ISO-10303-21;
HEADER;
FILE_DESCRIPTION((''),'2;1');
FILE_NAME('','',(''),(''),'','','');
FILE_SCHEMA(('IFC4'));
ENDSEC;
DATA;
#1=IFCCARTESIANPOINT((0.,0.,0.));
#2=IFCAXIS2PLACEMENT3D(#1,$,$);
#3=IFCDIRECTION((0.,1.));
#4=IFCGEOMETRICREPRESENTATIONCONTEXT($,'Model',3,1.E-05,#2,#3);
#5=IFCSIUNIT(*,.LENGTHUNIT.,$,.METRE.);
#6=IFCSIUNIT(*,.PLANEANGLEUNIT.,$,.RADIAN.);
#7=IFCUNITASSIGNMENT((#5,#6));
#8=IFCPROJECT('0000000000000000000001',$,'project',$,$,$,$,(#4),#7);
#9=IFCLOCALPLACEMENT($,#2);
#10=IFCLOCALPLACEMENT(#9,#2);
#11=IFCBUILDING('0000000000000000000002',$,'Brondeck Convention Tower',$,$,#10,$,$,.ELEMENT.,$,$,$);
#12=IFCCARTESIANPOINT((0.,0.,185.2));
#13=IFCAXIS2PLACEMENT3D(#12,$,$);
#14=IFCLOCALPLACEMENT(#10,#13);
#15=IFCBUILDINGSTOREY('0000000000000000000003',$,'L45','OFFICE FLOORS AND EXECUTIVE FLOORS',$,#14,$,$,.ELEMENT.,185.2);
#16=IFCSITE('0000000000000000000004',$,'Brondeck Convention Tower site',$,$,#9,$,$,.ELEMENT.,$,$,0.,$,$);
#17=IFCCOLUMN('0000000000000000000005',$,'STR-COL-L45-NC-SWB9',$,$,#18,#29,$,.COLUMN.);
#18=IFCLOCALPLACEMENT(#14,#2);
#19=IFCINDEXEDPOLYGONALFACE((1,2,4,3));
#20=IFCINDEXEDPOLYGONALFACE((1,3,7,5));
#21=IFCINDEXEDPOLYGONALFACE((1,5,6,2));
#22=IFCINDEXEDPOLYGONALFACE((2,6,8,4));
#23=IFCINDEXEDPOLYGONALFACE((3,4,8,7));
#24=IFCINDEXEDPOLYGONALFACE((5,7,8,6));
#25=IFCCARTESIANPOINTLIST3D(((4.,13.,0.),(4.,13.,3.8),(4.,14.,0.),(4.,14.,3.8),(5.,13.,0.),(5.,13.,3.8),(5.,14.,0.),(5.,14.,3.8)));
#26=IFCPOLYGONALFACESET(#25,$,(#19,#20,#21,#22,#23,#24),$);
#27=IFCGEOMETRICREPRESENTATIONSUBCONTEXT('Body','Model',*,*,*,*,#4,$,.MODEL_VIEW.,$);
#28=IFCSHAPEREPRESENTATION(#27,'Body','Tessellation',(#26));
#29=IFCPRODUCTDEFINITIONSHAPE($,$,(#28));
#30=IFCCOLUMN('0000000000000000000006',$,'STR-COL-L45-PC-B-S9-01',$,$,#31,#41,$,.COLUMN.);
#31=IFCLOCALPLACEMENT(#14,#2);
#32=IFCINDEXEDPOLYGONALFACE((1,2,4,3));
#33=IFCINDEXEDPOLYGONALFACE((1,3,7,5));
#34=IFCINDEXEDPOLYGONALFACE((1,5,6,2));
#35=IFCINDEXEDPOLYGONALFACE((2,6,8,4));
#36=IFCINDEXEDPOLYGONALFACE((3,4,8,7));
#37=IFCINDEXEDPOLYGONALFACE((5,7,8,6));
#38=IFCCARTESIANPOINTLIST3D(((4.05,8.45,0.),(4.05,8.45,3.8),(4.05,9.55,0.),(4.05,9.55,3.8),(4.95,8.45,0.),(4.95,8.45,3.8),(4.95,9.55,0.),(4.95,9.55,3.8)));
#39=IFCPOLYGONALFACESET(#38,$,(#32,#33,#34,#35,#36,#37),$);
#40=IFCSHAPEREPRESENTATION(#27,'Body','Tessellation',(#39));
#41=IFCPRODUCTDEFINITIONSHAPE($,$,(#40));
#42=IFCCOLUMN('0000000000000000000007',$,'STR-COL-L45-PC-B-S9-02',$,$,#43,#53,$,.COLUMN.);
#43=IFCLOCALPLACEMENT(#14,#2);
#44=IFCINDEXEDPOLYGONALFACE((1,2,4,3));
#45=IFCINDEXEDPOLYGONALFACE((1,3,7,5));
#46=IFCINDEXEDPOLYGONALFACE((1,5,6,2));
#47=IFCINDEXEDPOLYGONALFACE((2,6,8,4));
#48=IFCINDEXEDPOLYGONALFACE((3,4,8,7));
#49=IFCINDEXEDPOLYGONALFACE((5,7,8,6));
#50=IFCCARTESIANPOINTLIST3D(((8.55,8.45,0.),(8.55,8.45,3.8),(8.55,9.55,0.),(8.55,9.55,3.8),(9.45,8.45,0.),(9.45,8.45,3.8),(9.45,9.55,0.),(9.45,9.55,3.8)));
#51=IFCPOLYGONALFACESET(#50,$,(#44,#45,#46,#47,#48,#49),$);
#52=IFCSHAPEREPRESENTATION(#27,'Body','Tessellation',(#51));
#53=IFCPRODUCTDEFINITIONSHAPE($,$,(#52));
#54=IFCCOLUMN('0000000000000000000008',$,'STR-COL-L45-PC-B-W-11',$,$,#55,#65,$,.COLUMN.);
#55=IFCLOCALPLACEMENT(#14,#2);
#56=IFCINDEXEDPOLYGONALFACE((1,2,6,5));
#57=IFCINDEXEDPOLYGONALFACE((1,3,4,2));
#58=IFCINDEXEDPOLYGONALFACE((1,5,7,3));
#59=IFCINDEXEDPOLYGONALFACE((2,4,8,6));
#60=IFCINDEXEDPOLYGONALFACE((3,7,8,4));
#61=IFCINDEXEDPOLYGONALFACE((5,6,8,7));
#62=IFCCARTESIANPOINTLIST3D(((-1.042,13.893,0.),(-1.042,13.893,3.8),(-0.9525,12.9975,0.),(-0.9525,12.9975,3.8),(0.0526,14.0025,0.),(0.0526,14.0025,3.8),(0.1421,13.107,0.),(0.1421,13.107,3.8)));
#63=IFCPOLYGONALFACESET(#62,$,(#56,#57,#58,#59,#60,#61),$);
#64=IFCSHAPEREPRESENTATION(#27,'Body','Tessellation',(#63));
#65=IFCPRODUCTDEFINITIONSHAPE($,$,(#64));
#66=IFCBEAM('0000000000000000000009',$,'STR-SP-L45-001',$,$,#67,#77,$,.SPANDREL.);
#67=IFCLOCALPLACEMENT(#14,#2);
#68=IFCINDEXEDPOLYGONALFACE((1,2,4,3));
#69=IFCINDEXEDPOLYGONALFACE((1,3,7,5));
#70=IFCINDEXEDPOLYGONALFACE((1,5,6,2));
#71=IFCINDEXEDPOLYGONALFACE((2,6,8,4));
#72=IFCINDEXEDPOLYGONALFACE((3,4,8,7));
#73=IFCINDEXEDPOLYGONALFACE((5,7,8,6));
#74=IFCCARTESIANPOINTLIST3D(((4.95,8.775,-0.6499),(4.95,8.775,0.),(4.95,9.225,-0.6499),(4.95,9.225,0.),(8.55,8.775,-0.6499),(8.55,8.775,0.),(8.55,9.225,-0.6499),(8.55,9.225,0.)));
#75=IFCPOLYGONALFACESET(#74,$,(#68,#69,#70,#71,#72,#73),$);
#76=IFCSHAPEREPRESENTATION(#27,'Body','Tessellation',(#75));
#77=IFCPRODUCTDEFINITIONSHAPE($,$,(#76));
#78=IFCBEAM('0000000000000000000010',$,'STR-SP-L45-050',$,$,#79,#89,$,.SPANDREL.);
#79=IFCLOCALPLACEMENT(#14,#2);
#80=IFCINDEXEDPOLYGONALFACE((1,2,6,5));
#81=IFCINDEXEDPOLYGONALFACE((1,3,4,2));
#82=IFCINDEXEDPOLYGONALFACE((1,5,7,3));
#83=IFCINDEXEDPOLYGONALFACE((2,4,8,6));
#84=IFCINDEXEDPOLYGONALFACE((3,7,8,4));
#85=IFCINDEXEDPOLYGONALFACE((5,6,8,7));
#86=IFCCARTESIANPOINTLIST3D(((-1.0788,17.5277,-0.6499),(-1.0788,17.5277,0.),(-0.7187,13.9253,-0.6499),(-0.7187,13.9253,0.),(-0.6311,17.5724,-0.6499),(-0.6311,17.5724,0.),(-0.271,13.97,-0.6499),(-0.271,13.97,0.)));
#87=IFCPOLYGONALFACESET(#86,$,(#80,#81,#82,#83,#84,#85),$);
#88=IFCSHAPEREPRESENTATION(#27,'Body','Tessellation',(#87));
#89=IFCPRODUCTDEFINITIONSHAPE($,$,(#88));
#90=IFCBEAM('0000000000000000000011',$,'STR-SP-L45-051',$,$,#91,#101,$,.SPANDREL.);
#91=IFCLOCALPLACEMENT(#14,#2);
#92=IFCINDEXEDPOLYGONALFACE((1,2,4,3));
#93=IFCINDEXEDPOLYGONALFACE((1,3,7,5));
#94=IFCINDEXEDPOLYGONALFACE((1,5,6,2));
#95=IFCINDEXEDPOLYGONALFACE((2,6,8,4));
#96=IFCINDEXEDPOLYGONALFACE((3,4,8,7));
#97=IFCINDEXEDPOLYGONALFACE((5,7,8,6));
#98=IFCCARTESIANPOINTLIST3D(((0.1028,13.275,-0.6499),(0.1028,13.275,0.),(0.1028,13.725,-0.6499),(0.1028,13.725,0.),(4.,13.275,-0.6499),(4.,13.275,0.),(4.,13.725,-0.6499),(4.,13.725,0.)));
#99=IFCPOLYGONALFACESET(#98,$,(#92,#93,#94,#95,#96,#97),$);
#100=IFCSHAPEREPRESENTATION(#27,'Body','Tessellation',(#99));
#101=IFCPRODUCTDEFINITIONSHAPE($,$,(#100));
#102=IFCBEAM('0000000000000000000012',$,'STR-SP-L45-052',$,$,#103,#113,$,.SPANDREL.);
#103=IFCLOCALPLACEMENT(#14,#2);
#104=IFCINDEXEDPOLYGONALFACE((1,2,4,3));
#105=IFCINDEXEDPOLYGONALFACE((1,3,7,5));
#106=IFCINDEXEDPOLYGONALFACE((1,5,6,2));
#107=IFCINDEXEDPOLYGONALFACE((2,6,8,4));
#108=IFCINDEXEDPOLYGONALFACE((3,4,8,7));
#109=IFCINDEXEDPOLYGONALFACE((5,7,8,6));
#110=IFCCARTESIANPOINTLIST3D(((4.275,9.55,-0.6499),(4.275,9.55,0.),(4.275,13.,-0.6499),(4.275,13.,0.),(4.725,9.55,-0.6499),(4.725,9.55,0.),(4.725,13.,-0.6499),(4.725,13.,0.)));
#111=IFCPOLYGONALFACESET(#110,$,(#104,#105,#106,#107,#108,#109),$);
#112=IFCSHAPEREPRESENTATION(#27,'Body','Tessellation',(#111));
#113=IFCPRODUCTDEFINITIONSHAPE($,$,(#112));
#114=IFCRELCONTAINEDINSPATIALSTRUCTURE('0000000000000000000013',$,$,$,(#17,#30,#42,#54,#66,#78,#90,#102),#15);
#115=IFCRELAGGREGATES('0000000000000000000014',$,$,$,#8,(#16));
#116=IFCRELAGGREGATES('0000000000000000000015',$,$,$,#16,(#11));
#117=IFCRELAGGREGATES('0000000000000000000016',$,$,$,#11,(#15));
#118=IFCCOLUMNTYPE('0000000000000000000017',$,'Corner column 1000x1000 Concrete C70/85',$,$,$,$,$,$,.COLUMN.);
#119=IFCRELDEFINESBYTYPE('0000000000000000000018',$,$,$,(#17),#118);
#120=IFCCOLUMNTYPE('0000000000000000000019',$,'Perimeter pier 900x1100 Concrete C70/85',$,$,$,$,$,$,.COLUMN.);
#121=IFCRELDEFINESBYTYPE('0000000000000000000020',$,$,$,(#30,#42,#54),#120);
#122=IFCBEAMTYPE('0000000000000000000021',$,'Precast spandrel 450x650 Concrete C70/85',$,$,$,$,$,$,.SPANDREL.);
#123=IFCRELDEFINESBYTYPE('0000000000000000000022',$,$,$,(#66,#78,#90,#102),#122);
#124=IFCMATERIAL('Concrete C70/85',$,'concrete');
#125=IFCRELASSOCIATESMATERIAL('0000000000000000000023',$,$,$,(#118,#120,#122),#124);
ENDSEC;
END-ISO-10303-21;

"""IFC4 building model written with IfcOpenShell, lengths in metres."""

from ifc_helpers import new_model, si_unit, direction, frame, origin, origin_2d, place, context, subcontext, project, spatial, rectangle, extrude, material, material_profile, profile_set, type_object, element, save


model = new_model("IFC4")

# Units and contexts
model_context = context("Model", 3, precision=1e-05, world=origin(), true_north=direction((0.0, 1.0)))
body_context = subcontext(model_context, "Body", "Model", "MODEL_VIEW")
ifc_project = project(units=[si_unit("LENGTHUNIT", "METRE"), si_unit("PLANEANGLEUNIT", "RADIAN")], contexts=[model_context])

# Site, building, storey
site_placement = place(None, origin())
site = spatial("IfcSite", under=ifc_project, at=site_placement, Name="Brondeck Convention Tower site", CompositionType="ELEMENT", RefElevation=0.0)
building_placement = place(site_placement, origin())
building = spatial("IfcBuilding", under=site, at=building_placement, Name="Brondeck Convention Tower", CompositionType="ELEMENT")
storey_placement = place(building_placement, frame((0.0, 0.0, 185.2)))
storey = spatial("IfcBuildingStorey", under=building, at=storey_placement, Name="L45", Description="OFFICE FLOORS AND EXECUTIVE FLOORS", CompositionType="ELEMENT", Elevation=185.2)

# Columns
ifc_material_1 = material(Name="Concrete C70/85", Category="concrete")
ifc_material_profile_1 = material_profile(ifc_material_1, rectangle(XDim=1.0, YDim=1.0, at=origin_2d()), Name="Corner column 1000x1000 Concrete C70/85")
ifc_profile_set_1 = profile_set([ifc_material_profile_1], Name="Concrete C70/85")
column_type_1 = type_object("IfcColumnType", Name="Corner column 1000x1000 Concrete C70/85", PredefinedType="COLUMN", material=ifc_profile_set_1)
column_placement = place(storey_placement, frame((4.5, 13.5, 0.0), z_axis=(0.0, 0.0, 1.0), x_axis=(1.0, 0.0, 0.0)))
element("IfcColumn", 1, at=column_placement, inside=storey, type_object=column_type_1, Name="STR-COL-L45-NC-SWB9", PredefinedType="COLUMN", context=body_context, shape_type="SweptSolid", body=[
    extrude(rectangle(XDim=1.0, YDim=1.0, at=origin_2d()), origin(), (0.0, 0.0, 1.0), 3.8),
])
ifc_material_profile_2 = material_profile(ifc_material_1, rectangle(XDim=0.8999, YDim=1.1001, at=origin_2d()), Name="Perimeter pier 900x1100 Concrete C70/85")
ifc_profile_set_2 = profile_set([ifc_material_profile_2], Name="Concrete C70/85")
column_type_2 = type_object("IfcColumnType", Name="Perimeter pier 900x1100 Concrete C70/85", PredefinedType="COLUMN", material=ifc_profile_set_2)
for number, where, z_axis, x_axis, name in (
    (2, (4.5, 9.0, 0.0), (0.0, 0.0, 1.0), (1.0, 0.0, 0.0), "STR-COL-L45-PC-B-S9-01"),
    (3, (9.0, 9.0, 0.0), (0.0, 0.0, 1.0), (1.0, 0.0, 0.0), "STR-COL-L45-PC-B-S9-02"),
    (4, (-0.45, 13.5, 0.0), (0.0, 0.0, 1.0), (0.099504, -0.995037, 0.0), "STR-COL-L45-PC-B-W-11"),
):
    element("IfcColumn", number, at=place(storey_placement, frame(where, z_axis=z_axis, x_axis=x_axis)), inside=storey, type_object=column_type_2, Name=name, PredefinedType="COLUMN", context=body_context, shape_type="SweptSolid", body=[
        extrude(rectangle(XDim=0.8999, YDim=1.1001, at=origin_2d()), origin(), (0.0, 0.0, 1.0), 3.8),
    ])

# Beams
ifc_material_profile_3 = material_profile(ifc_material_1, rectangle(XDim=0.45, YDim=0.6499, at=origin_2d()), Name="Precast spandrel 450x650 Concrete C70/85")
ifc_profile_set_3 = profile_set([ifc_material_profile_3], Name="Concrete C70/85")
beam_type = type_object("IfcBeamType", Name="Precast spandrel 450x650 Concrete C70/85", PredefinedType="SPANDREL", material=ifc_profile_set_3)
beam_1_placement = place(storey_placement, frame((4.95, 9.0, -0.325), z_axis=(1.0, 0.0, 0.0), x_axis=(0.0, 1.0, 0.0)))
element("IfcBeam", 5, at=beam_1_placement, inside=storey, type_object=beam_type, Name="STR-SP-L45-001", PredefinedType="SPANDREL", context=body_context, shape_type="SweptSolid", body=[
    extrude(rectangle(XDim=0.45, YDim=0.6499, at=origin_2d()), origin(), (0.0, 0.0, 1.0), 3.6001),
])
beam_2_placement = place(storey_placement, frame((-0.855, 17.55, -0.325), z_axis=(0.09947, -0.995041, 0.0), x_axis=(0.995041, 0.09947, 0.0)))
element("IfcBeam", 6, at=beam_2_placement, inside=storey, type_object=beam_type, Name="STR-SP-L45-050", PredefinedType="SPANDREL", context=body_context, shape_type="SweptSolid", body=[
    extrude(rectangle(XDim=0.45, YDim=0.6499, at=origin_2d()), origin(), (0.0, 0.0, 1.0), 3.6204),
])
beam_3_placement = place(storey_placement, frame((0.1028, 13.5, -0.325), z_axis=(1.0, 0.0, 0.0), x_axis=(0.0, 1.0, 0.0)))
element("IfcBeam", 7, at=beam_3_placement, inside=storey, type_object=beam_type, Name="STR-SP-L45-051", PredefinedType="SPANDREL", context=body_context, shape_type="SweptSolid", body=[
    extrude(rectangle(XDim=0.45, YDim=0.6499, at=origin_2d()), origin(), (0.0, 0.0, 1.0), 3.8972),
])
beam_4_placement = place(storey_placement, frame((4.5, 13.0, -0.325), z_axis=(0.0, -1.0, 0.0), x_axis=(1.0, 0.0, 0.0)))
element("IfcBeam", 8, at=beam_4_placement, inside=storey, type_object=beam_type, Name="STR-SP-L45-052", PredefinedType="SPANDREL", context=body_context, shape_type="SweptSolid", body=[
    extrude(rectangle(XDim=0.45, YDim=0.6499, at=origin_2d()), origin(), (0.0, 0.0, 1.0), 3.45),
])

save(model, "model.ifc")
